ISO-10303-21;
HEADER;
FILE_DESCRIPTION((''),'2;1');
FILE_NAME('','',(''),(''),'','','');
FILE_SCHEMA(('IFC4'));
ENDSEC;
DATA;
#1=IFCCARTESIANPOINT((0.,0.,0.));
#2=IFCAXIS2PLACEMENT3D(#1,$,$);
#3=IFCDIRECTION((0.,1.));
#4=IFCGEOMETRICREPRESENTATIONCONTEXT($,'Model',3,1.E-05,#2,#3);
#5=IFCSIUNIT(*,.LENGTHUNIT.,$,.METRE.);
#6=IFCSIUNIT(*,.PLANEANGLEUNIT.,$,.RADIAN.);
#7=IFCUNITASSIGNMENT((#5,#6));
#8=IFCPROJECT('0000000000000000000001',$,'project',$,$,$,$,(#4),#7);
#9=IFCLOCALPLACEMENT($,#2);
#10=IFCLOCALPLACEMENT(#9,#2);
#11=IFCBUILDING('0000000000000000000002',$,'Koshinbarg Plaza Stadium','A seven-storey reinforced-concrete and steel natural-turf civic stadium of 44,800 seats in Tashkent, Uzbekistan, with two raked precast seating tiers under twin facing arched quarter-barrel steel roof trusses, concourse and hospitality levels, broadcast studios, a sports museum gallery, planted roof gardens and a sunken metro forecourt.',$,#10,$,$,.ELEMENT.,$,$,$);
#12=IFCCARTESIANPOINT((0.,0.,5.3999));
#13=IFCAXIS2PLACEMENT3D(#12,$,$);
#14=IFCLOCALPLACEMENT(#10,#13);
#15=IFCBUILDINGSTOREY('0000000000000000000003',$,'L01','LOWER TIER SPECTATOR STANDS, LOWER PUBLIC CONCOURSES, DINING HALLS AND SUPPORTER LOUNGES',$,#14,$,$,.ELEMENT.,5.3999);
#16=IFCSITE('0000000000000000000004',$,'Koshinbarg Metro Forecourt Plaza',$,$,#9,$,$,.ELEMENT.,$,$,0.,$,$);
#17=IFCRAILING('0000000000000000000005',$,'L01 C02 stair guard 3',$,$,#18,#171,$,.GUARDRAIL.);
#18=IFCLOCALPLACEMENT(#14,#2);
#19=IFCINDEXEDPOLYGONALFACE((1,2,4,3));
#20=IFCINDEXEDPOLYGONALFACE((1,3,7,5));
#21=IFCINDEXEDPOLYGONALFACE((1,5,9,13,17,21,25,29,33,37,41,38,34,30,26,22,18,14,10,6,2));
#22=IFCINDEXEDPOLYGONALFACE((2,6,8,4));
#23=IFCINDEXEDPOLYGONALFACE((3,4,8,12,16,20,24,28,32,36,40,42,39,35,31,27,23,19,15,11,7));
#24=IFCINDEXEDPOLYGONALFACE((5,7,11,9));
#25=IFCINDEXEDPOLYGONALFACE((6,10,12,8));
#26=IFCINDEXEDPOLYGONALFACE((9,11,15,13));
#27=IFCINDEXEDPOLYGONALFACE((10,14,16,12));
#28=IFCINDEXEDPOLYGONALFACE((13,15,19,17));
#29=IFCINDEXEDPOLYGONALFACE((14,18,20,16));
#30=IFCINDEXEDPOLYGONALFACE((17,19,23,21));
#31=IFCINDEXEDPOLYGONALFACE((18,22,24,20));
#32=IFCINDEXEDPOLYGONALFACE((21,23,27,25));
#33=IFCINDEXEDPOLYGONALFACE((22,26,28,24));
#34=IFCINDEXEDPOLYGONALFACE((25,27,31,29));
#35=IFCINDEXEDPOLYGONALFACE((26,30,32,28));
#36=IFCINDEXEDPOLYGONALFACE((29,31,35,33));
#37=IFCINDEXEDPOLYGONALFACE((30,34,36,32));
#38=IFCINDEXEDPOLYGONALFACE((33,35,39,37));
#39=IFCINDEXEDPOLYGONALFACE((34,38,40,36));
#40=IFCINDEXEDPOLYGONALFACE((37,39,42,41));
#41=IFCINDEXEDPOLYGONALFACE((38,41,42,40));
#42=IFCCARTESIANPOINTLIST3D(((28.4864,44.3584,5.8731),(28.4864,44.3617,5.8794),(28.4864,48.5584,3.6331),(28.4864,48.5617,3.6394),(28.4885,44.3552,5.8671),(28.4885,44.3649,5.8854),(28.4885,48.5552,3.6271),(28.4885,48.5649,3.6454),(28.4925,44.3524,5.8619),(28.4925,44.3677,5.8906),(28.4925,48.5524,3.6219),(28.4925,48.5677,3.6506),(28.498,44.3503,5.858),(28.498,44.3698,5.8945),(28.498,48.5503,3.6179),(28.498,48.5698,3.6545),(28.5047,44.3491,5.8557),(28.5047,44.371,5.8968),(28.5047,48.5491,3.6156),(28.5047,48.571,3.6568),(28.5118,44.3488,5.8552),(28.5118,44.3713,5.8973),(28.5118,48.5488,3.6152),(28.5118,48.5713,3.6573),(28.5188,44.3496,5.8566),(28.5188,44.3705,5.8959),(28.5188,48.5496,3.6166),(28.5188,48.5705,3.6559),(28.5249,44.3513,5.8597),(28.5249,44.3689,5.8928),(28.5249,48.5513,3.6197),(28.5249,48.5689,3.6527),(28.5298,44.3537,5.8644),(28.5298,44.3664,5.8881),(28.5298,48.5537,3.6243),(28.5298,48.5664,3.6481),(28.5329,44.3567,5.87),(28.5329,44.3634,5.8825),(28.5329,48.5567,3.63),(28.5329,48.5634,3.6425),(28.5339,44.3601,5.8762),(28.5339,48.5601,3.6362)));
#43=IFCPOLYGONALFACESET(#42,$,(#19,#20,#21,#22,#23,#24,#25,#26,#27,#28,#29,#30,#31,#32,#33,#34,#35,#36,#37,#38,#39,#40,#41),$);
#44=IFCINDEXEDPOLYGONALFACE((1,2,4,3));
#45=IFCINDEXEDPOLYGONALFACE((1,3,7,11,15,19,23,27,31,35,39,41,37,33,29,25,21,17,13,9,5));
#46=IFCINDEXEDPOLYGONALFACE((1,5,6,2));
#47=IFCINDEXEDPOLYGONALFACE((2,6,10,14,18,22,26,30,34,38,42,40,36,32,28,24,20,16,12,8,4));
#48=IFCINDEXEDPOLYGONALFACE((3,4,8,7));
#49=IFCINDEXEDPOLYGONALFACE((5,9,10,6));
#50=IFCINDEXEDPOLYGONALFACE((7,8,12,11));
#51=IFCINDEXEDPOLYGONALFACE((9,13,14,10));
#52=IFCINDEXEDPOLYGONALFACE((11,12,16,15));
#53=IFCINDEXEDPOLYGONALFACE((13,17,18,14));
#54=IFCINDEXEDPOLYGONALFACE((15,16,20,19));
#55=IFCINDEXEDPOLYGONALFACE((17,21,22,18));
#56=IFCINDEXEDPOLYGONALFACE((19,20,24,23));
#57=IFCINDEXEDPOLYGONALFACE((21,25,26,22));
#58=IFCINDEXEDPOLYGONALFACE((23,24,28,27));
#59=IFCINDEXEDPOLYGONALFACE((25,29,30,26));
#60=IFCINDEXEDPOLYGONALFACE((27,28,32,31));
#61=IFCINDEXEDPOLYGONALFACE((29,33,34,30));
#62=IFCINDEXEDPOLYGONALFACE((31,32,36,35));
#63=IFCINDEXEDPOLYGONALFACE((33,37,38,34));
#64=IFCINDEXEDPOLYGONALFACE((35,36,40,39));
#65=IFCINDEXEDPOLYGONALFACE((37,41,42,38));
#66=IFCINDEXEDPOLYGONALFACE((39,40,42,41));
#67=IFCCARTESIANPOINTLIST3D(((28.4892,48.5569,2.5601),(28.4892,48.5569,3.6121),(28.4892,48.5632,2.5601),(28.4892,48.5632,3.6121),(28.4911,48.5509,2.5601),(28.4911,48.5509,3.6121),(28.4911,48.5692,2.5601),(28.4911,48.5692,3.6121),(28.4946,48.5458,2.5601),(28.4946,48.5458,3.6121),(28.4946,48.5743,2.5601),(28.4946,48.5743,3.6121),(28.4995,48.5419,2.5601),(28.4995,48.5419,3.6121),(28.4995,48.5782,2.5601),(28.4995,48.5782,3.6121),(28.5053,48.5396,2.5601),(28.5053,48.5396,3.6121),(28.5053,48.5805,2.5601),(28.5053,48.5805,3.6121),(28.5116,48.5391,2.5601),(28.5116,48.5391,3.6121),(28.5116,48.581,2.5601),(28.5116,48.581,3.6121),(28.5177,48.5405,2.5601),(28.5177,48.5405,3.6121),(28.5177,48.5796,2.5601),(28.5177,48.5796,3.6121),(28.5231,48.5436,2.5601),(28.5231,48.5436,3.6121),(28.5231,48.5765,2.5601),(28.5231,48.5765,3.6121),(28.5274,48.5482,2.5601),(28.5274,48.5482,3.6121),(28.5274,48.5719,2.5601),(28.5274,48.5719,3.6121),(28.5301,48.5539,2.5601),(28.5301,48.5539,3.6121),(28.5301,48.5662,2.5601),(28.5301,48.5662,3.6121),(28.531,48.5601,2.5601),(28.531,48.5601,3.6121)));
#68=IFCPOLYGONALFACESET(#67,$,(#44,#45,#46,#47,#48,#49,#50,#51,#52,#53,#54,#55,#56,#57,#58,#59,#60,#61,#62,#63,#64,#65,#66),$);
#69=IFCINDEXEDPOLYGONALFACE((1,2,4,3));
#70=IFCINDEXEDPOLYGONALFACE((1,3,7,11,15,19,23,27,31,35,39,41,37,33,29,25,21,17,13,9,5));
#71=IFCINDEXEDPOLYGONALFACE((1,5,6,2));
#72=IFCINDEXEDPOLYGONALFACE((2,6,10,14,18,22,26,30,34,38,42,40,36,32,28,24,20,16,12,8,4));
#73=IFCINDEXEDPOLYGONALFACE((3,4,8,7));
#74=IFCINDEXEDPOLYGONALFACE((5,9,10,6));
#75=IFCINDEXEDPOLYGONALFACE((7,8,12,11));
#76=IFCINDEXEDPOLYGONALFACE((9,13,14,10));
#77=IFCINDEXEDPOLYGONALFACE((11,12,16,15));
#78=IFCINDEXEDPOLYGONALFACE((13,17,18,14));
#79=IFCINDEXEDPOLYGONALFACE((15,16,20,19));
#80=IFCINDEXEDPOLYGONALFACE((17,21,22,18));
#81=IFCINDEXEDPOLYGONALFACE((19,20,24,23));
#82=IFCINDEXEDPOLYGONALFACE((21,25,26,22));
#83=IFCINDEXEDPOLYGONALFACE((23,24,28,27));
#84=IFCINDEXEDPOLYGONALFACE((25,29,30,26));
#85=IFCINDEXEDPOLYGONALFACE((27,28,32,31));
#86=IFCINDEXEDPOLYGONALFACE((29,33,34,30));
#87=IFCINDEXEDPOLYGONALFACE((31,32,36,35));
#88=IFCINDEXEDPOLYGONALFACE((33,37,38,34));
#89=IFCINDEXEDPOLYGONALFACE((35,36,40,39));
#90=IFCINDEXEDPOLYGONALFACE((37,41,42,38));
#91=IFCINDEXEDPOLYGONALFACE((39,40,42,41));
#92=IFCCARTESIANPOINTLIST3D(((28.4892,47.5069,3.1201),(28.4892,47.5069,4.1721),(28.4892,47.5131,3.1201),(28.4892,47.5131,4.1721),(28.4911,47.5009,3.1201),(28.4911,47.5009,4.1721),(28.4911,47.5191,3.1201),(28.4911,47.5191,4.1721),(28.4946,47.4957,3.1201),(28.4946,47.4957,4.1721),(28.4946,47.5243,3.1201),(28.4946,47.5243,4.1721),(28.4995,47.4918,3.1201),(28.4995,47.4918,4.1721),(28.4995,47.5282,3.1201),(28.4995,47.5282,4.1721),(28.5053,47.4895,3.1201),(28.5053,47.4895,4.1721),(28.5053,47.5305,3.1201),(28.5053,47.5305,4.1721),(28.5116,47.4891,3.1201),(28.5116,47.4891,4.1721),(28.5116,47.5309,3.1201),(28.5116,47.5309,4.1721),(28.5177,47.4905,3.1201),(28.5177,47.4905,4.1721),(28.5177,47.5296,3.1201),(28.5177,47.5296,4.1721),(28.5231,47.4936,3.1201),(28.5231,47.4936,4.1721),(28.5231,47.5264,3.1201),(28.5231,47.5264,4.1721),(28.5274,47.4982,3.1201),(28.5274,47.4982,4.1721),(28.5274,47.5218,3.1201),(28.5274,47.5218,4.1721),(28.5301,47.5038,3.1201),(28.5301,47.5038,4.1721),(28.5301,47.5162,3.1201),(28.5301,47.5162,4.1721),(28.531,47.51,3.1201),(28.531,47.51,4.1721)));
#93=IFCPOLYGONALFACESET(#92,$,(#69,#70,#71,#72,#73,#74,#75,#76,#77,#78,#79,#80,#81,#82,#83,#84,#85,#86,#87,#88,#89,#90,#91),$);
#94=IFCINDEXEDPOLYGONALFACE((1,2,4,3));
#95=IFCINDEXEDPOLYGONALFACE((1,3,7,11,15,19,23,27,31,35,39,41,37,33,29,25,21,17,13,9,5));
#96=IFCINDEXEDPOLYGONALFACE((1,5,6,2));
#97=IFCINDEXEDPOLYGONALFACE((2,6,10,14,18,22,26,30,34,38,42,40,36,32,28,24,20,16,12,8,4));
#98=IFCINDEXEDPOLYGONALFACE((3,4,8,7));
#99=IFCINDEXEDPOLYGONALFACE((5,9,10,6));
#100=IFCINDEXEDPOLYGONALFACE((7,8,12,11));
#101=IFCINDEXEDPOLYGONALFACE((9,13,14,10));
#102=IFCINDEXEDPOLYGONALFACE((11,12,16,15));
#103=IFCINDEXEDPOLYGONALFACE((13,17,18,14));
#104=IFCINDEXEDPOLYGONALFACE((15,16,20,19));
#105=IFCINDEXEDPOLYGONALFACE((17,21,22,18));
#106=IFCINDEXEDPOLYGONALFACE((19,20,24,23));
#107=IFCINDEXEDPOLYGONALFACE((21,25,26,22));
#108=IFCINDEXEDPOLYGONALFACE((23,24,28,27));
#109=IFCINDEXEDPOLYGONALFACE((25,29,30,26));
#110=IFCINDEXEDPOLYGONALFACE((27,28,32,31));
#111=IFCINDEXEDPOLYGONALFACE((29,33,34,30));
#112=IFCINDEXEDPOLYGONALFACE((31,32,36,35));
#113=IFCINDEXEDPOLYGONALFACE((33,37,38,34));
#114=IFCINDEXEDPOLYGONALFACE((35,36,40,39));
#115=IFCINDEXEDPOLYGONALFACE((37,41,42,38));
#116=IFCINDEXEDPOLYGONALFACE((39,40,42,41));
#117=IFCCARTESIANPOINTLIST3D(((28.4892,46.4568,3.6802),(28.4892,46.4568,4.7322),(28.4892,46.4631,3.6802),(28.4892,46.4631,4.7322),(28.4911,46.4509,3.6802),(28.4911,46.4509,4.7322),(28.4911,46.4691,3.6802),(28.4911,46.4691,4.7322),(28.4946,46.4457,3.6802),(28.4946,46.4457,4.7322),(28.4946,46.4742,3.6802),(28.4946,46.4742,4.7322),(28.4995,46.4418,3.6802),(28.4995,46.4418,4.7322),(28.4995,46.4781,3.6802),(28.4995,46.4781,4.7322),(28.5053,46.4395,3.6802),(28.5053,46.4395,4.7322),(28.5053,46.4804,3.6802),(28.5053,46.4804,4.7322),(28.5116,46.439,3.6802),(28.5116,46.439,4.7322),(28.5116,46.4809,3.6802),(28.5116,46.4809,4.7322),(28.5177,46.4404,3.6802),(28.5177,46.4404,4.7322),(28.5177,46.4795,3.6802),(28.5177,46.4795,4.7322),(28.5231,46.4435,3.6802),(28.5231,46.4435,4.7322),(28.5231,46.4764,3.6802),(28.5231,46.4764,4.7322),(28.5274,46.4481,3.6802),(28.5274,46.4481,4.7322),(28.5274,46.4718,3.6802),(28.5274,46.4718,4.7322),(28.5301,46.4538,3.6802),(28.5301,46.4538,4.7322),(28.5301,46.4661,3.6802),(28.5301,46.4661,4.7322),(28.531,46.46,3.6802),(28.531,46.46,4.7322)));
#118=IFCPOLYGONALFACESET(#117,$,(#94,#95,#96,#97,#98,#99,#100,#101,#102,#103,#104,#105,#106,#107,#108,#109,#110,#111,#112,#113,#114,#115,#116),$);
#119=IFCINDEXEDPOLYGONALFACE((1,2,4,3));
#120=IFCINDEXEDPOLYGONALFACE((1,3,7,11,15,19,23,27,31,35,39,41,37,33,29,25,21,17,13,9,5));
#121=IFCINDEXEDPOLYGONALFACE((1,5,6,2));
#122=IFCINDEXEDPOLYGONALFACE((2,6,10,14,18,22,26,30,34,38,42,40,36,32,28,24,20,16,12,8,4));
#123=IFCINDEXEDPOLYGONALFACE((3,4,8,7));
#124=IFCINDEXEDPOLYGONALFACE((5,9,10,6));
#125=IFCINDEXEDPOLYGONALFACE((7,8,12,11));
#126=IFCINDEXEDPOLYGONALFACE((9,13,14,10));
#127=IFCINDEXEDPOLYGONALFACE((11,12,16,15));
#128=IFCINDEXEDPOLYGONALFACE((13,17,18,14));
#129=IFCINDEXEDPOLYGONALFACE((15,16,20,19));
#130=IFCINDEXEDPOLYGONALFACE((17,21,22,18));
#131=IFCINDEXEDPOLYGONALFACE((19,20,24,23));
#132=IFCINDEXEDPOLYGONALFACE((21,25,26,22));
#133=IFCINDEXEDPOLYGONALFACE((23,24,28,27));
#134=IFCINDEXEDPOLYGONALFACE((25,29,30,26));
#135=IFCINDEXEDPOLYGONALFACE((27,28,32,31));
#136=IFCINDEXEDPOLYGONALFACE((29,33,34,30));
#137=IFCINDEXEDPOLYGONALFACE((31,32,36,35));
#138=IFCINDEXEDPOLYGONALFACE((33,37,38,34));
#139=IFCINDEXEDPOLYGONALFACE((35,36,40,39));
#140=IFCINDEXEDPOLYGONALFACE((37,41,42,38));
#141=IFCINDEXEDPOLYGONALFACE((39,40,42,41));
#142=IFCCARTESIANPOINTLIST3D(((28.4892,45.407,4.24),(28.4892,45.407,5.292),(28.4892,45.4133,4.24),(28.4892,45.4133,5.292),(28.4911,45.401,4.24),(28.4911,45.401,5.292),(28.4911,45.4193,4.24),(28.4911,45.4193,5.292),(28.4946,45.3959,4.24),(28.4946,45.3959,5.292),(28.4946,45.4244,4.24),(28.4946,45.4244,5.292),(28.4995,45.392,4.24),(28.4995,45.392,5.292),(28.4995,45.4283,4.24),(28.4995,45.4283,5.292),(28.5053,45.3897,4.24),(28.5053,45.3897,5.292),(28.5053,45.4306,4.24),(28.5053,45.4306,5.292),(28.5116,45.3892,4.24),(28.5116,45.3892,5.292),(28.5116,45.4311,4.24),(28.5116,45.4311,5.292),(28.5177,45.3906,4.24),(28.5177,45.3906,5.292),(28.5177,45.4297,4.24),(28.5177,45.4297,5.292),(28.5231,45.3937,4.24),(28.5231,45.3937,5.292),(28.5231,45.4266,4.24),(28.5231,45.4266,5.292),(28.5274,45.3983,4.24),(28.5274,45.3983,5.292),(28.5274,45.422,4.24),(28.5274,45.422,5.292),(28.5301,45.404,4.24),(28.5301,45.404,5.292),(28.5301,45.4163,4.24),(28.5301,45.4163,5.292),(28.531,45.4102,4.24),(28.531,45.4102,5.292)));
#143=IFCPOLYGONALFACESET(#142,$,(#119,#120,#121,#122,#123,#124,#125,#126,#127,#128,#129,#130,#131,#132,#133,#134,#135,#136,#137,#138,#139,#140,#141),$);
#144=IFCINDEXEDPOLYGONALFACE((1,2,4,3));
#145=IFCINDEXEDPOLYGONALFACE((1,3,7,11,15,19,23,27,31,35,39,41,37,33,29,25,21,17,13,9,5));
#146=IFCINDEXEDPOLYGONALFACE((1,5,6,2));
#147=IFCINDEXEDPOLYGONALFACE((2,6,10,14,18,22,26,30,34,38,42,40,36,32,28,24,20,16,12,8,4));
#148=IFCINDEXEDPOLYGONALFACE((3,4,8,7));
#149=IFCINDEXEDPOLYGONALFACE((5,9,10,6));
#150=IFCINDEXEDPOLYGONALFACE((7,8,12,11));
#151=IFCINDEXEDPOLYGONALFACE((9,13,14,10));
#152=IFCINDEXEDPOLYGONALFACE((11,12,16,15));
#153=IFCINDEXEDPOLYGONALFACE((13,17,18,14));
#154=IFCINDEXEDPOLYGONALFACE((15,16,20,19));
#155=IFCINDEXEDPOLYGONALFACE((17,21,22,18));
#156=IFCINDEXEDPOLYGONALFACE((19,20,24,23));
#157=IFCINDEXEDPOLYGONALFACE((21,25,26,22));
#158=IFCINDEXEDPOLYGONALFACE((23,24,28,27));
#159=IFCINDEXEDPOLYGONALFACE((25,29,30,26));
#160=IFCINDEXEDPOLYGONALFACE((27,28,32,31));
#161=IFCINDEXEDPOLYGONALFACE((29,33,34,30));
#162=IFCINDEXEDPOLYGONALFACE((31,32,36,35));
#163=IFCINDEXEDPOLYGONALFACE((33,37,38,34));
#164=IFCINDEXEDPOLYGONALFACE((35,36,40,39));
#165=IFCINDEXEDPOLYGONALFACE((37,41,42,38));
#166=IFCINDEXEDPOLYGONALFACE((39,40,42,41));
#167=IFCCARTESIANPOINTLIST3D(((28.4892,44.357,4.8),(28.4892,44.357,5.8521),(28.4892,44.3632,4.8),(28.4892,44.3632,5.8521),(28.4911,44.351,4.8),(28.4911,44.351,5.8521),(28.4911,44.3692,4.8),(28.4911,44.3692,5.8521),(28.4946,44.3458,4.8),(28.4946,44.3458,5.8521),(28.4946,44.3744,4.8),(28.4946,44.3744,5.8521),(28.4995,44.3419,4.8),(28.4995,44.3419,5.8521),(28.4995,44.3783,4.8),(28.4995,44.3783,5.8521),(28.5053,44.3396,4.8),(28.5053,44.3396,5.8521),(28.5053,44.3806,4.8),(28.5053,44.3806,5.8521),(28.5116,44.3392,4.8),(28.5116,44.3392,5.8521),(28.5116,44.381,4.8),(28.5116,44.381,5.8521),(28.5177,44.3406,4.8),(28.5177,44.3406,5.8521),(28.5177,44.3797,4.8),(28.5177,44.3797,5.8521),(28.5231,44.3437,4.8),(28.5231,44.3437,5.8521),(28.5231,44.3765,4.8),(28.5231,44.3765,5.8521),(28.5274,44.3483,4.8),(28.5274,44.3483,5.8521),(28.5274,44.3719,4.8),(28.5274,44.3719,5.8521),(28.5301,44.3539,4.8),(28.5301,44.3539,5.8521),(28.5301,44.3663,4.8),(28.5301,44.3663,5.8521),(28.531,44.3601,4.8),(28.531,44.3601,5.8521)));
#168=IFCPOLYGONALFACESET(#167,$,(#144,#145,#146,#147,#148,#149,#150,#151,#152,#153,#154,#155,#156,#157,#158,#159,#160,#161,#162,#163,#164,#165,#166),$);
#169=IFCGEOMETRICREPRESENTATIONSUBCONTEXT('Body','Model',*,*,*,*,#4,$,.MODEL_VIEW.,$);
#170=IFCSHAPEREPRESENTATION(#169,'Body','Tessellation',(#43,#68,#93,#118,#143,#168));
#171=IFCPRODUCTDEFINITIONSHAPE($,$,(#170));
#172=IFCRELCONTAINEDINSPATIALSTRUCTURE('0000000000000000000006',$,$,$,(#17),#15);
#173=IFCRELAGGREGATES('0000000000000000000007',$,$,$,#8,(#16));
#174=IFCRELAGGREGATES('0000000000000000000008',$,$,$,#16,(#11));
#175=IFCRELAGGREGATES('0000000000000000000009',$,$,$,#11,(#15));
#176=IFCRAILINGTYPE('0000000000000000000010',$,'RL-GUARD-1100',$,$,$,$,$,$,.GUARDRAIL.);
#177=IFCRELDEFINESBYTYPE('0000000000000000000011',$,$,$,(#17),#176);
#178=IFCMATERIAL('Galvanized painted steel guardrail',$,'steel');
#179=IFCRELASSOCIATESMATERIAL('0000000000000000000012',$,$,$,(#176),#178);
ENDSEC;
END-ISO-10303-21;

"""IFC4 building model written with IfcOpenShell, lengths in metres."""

from ifc_helpers import new_model, si_unit, direction, frame, origin, origin_2d, place, context, subcontext, project, spatial, circle, extrude, material, type_object, element, save


model = new_model("IFC4")

# Units and contexts
model_context = context("Model", 3, precision=1e-05, world=origin(), true_north=direction((0.0, 1.0)))
body_context = subcontext(model_context, "Body", "Model", "MODEL_VIEW")
ifc_project = project(units=[si_unit("LENGTHUNIT", "METRE"), si_unit("PLANEANGLEUNIT", "RADIAN")], contexts=[model_context])

# Site, building, storey
site_placement = place(None, origin())
site = spatial("IfcSite", under=ifc_project, at=site_placement, Name="Koshinbarg Metro Forecourt Plaza", CompositionType="ELEMENT", RefElevation=0.0)
building_placement = place(site_placement, origin())
building = spatial("IfcBuilding", under=site, at=building_placement, Name="Koshinbarg Plaza Stadium", Description="A seven-storey reinforced-concrete and steel natural-turf civic stadium of 44,800 seats in Tashkent, Uzbekistan, with two raked precast seating tiers under twin facing arched quarter-barrel steel roof trusses, concourse and hospitality levels, broadcast studios, a sports museum gallery, planted roof gardens and a sunken metro forecourt.", CompositionType="ELEMENT")
storey_placement = place(building_placement, frame((0.0, 0.0, 5.3999)))
storey = spatial("IfcBuildingStorey", under=building, at=storey_placement, Name="L01", Description="LOWER TIER SPECTATOR STANDS, LOWER PUBLIC CONCOURSES, DINING HALLS AND SUPPORTER LOUNGES", CompositionType="ELEMENT", Elevation=5.3999)

# Railing
ifc_material_1 = material(Name="Galvanized painted steel guardrail", Category="steel")
railing_type_1 = type_object("IfcRailingType", Name="RL-GUARD-1100", PredefinedType="GUARDRAIL", material=ifc_material_1)
for number, where, name in (
    (1, (28.51, 48.5601, 2.5601), "L01 C02 stair guard 3"),
):
    element("IfcRailing", number, at=place(storey_placement, frame(where)), inside=storey, type_object=railing_type_1, Name=name, PredefinedType="GUARDRAIL", context=body_context, shape_type="SweptSolid", body=[
        extrude(circle(Radius=0.0239, at=origin_2d()), frame((0.0, 0.0, 1.0762), z_axis=(0.0, -0.882352, 0.470591), x_axis=(1.0, 0.0, 0.0)), (0.0, 0.0, 1.0), 4.76),
        extrude(circle(Radius=0.021, at=origin_2d()), origin(), (0.0, 0.0, 1.0), 1.052),
        extrude(circle(Radius=0.021, at=origin_2d()), frame((0.0, -1.05, 0.5601)), (0.0, 0.0, 1.0), 1.052),
        extrude(circle(Radius=0.021, at=origin_2d()), frame((0.0, -2.1001, 1.1201)), (0.0, 0.0, 1.0), 1.052),
        extrude(circle(Radius=0.021, at=origin_2d()), frame((0.0, -3.1499, 1.6799)), (0.0, 0.0, 1.0), 1.052),
        extrude(circle(Radius=0.021, at=origin_2d()), frame((0.0, -4.2, 2.24)), (0.0, 0.0, 1.0), 1.052),
    ])

save(model, "model.ifc")
